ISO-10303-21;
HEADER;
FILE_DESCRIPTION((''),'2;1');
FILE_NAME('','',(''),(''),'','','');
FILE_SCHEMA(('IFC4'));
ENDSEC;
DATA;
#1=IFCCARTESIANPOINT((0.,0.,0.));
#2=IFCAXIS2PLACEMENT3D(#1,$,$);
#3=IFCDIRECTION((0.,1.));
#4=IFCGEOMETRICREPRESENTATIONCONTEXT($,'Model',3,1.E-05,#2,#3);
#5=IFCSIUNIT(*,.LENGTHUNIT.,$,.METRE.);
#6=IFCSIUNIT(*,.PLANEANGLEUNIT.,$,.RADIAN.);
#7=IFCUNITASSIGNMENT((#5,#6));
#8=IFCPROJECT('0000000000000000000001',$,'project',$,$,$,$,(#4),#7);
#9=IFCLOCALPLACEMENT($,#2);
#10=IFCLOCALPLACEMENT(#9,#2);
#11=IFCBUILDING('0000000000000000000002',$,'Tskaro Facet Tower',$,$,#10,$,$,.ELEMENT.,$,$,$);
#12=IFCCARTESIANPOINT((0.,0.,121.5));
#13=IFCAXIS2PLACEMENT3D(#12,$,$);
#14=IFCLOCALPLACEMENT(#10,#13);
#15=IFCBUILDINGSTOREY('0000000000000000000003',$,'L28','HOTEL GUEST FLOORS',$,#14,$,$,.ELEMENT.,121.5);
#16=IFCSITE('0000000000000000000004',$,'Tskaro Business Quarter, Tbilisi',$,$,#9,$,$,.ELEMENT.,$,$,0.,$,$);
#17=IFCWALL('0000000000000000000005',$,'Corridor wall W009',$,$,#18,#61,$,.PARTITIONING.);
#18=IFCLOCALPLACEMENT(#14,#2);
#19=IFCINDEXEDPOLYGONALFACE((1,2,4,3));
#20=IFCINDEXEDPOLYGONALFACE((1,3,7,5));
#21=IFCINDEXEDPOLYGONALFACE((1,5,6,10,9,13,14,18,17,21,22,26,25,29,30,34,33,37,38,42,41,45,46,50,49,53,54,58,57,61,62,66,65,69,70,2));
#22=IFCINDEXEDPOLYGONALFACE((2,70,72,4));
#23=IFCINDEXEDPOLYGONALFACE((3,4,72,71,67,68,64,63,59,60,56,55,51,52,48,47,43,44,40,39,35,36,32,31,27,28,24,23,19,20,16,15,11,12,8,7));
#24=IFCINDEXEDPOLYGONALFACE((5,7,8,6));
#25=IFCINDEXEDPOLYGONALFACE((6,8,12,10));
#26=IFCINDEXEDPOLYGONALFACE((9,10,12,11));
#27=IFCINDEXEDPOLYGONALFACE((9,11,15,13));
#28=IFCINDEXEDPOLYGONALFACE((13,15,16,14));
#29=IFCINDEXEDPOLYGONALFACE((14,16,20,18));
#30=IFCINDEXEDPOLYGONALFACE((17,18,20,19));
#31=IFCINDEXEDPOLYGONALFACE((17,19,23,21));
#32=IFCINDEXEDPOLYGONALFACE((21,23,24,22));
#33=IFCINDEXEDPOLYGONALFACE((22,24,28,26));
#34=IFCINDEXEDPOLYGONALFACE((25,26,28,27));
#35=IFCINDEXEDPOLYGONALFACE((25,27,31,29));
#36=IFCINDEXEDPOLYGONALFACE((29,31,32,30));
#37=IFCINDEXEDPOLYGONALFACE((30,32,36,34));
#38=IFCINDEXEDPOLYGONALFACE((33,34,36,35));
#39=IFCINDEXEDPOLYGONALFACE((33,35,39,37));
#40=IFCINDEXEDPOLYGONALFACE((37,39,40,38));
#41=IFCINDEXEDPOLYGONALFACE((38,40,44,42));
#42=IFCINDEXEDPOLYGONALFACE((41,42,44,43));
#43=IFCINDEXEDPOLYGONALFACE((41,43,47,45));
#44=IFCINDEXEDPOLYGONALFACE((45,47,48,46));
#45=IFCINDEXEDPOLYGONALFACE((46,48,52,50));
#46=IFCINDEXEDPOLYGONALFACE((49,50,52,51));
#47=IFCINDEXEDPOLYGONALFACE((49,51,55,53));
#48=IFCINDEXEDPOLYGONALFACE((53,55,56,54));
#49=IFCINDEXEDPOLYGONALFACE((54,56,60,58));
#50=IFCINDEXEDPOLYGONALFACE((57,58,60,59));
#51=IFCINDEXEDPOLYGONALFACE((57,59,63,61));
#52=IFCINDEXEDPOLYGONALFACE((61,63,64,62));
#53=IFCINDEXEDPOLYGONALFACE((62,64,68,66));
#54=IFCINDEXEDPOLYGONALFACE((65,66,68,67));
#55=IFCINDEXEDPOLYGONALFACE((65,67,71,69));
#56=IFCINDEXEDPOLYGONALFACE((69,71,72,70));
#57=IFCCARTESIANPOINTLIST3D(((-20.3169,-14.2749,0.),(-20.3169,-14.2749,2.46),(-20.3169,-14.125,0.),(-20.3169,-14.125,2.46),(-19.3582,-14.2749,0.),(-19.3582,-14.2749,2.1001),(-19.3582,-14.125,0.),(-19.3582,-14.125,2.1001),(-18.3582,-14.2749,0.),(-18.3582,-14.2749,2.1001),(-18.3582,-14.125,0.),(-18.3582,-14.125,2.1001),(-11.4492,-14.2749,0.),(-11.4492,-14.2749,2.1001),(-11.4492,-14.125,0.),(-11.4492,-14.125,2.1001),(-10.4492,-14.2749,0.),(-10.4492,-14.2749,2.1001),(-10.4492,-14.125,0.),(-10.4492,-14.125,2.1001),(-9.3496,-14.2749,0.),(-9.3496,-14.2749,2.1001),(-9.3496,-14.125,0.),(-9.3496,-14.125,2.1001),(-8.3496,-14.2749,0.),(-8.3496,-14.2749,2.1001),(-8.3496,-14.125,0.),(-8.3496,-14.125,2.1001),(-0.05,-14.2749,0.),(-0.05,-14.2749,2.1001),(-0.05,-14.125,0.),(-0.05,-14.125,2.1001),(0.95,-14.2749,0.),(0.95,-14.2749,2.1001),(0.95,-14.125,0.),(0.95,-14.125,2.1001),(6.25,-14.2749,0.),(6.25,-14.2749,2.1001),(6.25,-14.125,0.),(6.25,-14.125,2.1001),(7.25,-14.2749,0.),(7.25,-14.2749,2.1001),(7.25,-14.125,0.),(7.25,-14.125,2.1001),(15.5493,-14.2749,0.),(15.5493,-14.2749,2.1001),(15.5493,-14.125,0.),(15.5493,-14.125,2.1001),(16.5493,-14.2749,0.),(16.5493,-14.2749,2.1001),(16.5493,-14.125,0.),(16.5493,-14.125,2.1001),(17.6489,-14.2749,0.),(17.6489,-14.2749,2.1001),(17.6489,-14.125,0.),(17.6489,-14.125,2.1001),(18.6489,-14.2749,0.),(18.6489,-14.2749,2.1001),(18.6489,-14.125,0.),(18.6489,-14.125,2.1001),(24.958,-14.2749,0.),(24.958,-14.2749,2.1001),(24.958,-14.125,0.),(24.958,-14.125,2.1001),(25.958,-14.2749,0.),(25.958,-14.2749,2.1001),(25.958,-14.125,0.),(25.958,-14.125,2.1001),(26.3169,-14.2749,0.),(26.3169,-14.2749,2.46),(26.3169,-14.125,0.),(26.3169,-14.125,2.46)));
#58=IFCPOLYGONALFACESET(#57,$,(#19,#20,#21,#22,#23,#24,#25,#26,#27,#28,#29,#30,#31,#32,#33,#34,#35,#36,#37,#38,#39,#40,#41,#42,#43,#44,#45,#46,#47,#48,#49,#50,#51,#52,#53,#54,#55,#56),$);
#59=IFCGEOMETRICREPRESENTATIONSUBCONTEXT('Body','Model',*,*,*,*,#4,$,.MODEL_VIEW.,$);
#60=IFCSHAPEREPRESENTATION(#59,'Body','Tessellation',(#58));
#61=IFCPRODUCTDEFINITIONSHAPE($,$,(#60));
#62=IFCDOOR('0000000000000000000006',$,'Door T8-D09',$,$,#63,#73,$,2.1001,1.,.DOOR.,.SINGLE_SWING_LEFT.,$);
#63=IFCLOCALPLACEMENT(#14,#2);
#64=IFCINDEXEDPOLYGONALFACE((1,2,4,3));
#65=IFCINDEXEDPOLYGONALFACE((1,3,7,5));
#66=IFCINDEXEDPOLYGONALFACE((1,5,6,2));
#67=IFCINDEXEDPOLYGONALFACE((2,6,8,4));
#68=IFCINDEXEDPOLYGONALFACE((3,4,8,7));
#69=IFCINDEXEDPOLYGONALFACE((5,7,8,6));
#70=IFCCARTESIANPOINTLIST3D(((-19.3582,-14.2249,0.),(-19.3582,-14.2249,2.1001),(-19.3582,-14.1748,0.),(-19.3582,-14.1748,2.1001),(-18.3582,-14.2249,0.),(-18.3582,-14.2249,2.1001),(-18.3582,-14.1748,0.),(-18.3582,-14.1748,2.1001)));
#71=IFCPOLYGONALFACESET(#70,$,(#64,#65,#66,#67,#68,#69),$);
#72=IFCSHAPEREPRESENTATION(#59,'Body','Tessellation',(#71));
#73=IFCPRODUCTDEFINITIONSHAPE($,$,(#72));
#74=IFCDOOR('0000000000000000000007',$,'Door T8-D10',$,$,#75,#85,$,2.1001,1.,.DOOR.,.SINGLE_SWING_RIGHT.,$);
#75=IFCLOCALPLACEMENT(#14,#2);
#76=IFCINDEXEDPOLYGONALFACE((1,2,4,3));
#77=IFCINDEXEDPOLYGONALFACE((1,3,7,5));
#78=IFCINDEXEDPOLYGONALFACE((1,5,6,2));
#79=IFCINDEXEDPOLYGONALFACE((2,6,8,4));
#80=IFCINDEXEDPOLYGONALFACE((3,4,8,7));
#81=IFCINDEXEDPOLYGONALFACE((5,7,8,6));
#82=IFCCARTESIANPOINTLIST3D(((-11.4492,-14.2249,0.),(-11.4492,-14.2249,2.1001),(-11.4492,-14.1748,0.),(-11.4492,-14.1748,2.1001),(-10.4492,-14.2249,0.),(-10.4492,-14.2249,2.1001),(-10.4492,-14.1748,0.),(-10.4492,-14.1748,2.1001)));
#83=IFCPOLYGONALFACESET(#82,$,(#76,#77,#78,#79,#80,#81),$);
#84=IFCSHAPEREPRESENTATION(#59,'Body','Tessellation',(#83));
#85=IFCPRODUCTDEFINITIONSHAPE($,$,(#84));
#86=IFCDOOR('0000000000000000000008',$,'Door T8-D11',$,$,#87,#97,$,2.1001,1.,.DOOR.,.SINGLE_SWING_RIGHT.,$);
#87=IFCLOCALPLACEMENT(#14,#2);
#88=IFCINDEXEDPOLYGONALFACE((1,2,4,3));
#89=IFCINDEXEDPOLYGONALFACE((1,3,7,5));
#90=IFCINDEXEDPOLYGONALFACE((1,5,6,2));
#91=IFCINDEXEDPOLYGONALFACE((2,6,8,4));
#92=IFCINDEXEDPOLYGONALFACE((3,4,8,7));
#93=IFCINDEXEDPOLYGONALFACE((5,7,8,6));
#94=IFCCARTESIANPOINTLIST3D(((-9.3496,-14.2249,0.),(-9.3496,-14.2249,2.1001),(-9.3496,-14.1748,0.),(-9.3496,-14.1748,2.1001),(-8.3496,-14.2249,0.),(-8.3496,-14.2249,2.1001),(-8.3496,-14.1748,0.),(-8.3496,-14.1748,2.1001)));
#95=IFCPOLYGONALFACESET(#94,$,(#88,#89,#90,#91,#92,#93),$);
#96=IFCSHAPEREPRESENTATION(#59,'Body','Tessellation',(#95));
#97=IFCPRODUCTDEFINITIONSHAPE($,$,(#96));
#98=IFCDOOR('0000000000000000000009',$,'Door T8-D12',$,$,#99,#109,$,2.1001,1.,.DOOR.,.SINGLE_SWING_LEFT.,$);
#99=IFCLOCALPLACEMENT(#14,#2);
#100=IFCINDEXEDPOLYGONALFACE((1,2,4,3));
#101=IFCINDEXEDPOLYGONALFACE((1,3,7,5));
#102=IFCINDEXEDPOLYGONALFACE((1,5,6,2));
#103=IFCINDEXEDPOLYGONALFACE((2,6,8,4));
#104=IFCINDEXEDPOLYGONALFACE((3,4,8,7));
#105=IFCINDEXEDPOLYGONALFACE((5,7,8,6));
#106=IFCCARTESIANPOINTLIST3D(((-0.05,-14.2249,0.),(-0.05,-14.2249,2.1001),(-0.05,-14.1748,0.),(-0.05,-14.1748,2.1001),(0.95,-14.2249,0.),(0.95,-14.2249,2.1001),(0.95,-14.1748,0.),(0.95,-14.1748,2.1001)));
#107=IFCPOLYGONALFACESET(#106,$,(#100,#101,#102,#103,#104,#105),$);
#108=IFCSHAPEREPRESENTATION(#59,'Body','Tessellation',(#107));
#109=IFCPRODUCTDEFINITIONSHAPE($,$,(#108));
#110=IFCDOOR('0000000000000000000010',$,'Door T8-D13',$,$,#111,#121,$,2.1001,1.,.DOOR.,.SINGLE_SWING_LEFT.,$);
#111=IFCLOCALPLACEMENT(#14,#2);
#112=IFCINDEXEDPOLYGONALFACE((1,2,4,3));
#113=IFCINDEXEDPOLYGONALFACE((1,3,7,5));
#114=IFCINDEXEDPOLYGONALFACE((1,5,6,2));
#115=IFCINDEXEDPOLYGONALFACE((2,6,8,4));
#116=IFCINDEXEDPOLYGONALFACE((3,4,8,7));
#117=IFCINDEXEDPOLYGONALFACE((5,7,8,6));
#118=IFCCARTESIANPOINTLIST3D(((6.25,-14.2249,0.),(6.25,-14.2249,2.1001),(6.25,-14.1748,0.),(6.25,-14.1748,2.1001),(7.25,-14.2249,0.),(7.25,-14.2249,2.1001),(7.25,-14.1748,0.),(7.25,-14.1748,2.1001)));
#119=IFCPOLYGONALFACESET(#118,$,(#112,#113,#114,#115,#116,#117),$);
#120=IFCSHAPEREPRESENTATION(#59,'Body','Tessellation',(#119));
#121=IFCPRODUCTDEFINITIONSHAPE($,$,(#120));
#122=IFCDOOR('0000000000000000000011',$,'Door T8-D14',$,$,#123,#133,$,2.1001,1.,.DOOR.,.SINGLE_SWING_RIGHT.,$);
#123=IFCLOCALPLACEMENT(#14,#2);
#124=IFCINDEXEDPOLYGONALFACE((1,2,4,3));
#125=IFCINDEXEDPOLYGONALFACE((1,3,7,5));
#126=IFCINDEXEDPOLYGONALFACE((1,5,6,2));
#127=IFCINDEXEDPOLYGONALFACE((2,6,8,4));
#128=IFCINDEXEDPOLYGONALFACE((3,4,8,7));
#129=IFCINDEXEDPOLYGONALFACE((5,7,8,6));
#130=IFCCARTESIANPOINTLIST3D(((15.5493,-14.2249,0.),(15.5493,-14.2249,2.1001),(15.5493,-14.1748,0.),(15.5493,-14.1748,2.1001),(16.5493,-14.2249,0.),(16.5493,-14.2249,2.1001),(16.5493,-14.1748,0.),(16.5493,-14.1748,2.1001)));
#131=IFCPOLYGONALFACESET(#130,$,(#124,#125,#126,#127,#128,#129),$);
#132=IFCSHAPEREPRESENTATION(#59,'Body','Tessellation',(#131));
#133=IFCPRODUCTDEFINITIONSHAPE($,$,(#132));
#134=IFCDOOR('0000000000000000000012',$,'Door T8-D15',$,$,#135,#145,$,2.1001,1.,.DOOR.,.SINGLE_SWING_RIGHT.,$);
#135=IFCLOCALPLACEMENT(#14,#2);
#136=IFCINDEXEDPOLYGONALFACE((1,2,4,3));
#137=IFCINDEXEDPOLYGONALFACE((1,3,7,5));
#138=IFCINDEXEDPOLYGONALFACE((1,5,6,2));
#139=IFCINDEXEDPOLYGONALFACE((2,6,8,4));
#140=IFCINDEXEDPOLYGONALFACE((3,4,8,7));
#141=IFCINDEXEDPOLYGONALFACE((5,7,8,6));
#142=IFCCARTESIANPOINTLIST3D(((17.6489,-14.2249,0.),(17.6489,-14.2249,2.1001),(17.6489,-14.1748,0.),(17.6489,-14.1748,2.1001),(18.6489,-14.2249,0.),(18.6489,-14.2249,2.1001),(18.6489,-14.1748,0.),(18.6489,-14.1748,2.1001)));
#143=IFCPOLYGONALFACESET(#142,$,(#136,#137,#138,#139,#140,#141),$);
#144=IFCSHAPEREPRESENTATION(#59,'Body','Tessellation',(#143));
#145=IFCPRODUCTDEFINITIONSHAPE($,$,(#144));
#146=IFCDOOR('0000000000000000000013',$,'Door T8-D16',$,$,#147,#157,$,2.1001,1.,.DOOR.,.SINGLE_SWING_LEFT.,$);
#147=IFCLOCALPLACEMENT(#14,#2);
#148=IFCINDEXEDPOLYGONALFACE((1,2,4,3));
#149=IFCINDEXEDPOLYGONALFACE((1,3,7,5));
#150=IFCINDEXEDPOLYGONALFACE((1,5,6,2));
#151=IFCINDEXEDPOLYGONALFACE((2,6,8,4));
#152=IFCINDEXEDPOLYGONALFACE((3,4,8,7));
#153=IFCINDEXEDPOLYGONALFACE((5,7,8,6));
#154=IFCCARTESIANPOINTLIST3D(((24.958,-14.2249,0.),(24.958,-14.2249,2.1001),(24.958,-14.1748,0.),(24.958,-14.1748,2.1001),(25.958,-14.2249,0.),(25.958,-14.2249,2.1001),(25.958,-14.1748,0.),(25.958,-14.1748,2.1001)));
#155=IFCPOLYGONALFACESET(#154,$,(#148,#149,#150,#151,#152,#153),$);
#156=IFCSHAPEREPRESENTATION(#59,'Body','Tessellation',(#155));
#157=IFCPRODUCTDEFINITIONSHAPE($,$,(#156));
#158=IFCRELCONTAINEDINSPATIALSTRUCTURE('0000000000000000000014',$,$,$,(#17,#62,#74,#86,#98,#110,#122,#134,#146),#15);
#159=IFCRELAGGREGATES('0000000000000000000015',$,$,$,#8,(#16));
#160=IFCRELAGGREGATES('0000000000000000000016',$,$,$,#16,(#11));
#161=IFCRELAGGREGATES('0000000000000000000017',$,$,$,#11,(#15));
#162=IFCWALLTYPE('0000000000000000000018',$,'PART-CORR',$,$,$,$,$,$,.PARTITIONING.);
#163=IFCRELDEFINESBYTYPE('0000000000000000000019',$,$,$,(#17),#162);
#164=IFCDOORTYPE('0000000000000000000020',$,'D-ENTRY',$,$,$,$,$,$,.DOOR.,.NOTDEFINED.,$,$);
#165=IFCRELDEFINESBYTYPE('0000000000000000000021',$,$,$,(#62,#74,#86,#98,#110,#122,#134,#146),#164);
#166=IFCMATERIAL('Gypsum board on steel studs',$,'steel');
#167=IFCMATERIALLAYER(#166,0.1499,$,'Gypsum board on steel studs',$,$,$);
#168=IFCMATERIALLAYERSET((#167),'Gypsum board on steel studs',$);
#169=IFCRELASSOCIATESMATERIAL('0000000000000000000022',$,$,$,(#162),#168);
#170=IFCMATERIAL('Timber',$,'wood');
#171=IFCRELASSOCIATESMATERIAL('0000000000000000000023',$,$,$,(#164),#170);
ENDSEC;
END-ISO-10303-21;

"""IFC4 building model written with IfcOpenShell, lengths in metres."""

from ifc_helpers import new_model, si_unit, direction, frame, frame_2d, origin, place, context, subcontext, project, spatial, rectangle, extrude, material, layer, layer_set, type_object, element, fill, save


model = new_model("IFC4")

# Units and contexts
model_context = context("Model", 3, precision=1e-05, world=origin(), true_north=direction((0.0, 1.0)))
body_context = subcontext(model_context, "Body", "Model", "MODEL_VIEW")
ifc_project = project(units=[si_unit("LENGTHUNIT", "METRE"), si_unit("PLANEANGLEUNIT", "RADIAN")], contexts=[model_context])

# Site, building, storey
site_placement = place(None, origin())
site = spatial("IfcSite", under=ifc_project, at=site_placement, Name="Tskaro Business Quarter, Tbilisi", CompositionType="ELEMENT", RefElevation=0.0)
building_placement = place(site_placement, origin())
building = spatial("IfcBuilding", under=site, at=building_placement, Name="Tskaro Facet Tower", CompositionType="ELEMENT")
storey_placement = place(building_placement, frame((0.0, 0.0, 121.5)))
storey = spatial("IfcBuildingStorey", under=building, at=storey_placement, Name="L28", Description="HOTEL GUEST FLOORS", CompositionType="ELEMENT", Elevation=121.5)

# Wall, openings, doors
ifc_material_1 = material(Name="Gypsum board on steel studs", Category="steel")
ifc_layer_1 = layer(ifc_material_1, 0.1499, Name="Gypsum board on steel studs")
ifc_layer_set_1 = layer_set([ifc_layer_1], Name="Gypsum board on steel studs")
wall_type = type_object("IfcWallType", Name="PART-CORR", PredefinedType="PARTITIONING", material=ifc_layer_set_1)
wall_1_placement = place(storey_placement, frame((26.3169, -14.2, 0.0), z_axis=(0.0, 0.0, 1.0), x_axis=(-1.0, 0.0, 0.0)))
wall_1 = element("IfcWall", 1, at=wall_1_placement, inside=storey, type_object=wall_type, Name="Corridor wall W009", PredefinedType="PARTITIONING", context=body_context, shape_type="SweptSolid", body=[
    extrude(rectangle(XDim=46.6338, YDim=0.1499, at=frame_2d((23.3169, 0.0))), origin(), (0.0, 0.0, 1.0), 2.46),
])
opening_1_placement = place(wall_1_placement, frame((44.675, 0.0, 0.0)))
opening_1 = element("IfcOpeningElement", 2, at=opening_1_placement, cuts=wall_1, PredefinedType="OPENING", context=body_context, shape_type="SweptSolid", body=[
    extrude(rectangle(XDim=1.0, YDim=2.1001, at=frame_2d((0.5, 1.05))), frame((0.0, 0.085, 0.0), z_axis=(0.0, -1.0, 0.0), x_axis=(1.0, 0.0, 0.0)), (0.0, 0.0, 1.0), 0.1699),
])
opening_2_placement = place(wall_1_placement, frame((36.7661, 0.0, 0.0)))
opening_2 = element("IfcOpeningElement", 3, at=opening_2_placement, cuts=wall_1, PredefinedType="OPENING", context=body_context, shape_type="SweptSolid", body=[
    extrude(rectangle(XDim=1.0, YDim=2.1001, at=frame_2d((0.5, 1.05))), frame((0.0, 0.085, 0.0), z_axis=(0.0, -1.0, 0.0), x_axis=(1.0, 0.0, 0.0)), (0.0, 0.0, 1.0), 0.1699),
])
opening_3_placement = place(wall_1_placement, frame((34.6665, 0.0, 0.0)))
opening_3 = element("IfcOpeningElement", 4, at=opening_3_placement, cuts=wall_1, PredefinedType="OPENING", context=body_context, shape_type="SweptSolid", body=[
    extrude(rectangle(XDim=1.0, YDim=2.1001, at=frame_2d((0.5, 1.05))), frame((0.0, 0.085, 0.0), z_axis=(0.0, -1.0, 0.0), x_axis=(1.0, 0.0, 0.0)), (0.0, 0.0, 1.0), 0.1699),
])
opening_4_placement = place(wall_1_placement, frame((25.3669, 0.0, 0.0)))
opening_4 = element("IfcOpeningElement", 5, at=opening_4_placement, cuts=wall_1, PredefinedType="OPENING", context=body_context, shape_type="SweptSolid", body=[
    extrude(rectangle(XDim=1.0, YDim=2.1001, at=frame_2d((0.5, 1.05))), frame((0.0, 0.085, 0.0), z_axis=(0.0, -1.0, 0.0), x_axis=(1.0, 0.0, 0.0)), (0.0, 0.0, 1.0), 0.1699),
])
opening_5_placement = place(wall_1_placement, frame((19.0669, 0.0, 0.0)))
opening_5 = element("IfcOpeningElement", 6, at=opening_5_placement, cuts=wall_1, PredefinedType="OPENING", context=body_context, shape_type="SweptSolid", body=[
    extrude(rectangle(XDim=1.0, YDim=2.1001, at=frame_2d((0.5, 1.05))), frame((0.0, 0.085, 0.0), z_axis=(0.0, -1.0, 0.0), x_axis=(1.0, 0.0, 0.0)), (0.0, 0.0, 1.0), 0.1699),
])
opening_6_placement = place(wall_1_placement, frame((9.7676, 0.0, 0.0)))
opening_6 = element("IfcOpeningElement", 7, at=opening_6_placement, cuts=wall_1, PredefinedType="OPENING", context=body_context, shape_type="SweptSolid", body=[
    extrude(rectangle(XDim=1.0, YDim=2.1001, at=frame_2d((0.5, 1.05))), frame((0.0, 0.085, 0.0), z_axis=(0.0, -1.0, 0.0), x_axis=(1.0, 0.0, 0.0)), (0.0, 0.0, 1.0), 0.1699),
])
opening_7_placement = place(wall_1_placement, frame((7.668, 0.0, 0.0)))
opening_7 = element("IfcOpeningElement", 8, at=opening_7_placement, cuts=wall_1, PredefinedType="OPENING", context=body_context, shape_type="SweptSolid", body=[
    extrude(rectangle(XDim=1.0, YDim=2.1001, at=frame_2d((0.5, 1.05))), frame((0.0, 0.085, 0.0), z_axis=(0.0, -1.0, 0.0), x_axis=(1.0, 0.0, 0.0)), (0.0, 0.0, 1.0), 0.1699),
])
opening_8_placement = place(wall_1_placement, frame((0.3589, 0.0, 0.0)))
opening_8 = element("IfcOpeningElement", 9, at=opening_8_placement, cuts=wall_1, PredefinedType="OPENING", context=body_context, shape_type="SweptSolid", body=[
    extrude(rectangle(XDim=1.0, YDim=2.1001, at=frame_2d((0.5, 1.05))), frame((0.0, 0.085, 0.0), z_axis=(0.0, -1.0, 0.0), x_axis=(1.0, 0.0, 0.0)), (0.0, 0.0, 1.0), 0.1699),
])
ifc_material_2 = material(Name="Timber", Category="wood")
door_type_1 = type_object("IfcDoorType", Name="D-ENTRY", OperationType="NOTDEFINED", PredefinedType="DOOR", material=ifc_material_2)
door_1_placement = place(opening_1_placement, origin())
door_1 = element("IfcDoor", 10, at=door_1_placement, inside=storey, type_object=door_type_1, Name="Door T8-D09", OperationType="SINGLE_SWING_LEFT", OverallHeight=2.1001, OverallWidth=1.0, PredefinedType="DOOR", context=body_context, shape_type="SweptSolid", body=[
    extrude(rectangle(XDim=1.0, YDim=2.1001, at=frame_2d((0.5, 1.05))), frame((0.0, 0.0249, 0.0), z_axis=(0.0, -1.0, 0.0), x_axis=(1.0, 0.0, 0.0)), (0.0, 0.0, 1.0), 0.05),
])
fill(opening_1, door_1)
door_2_placement = place(opening_2_placement, origin())
door_2 = element("IfcDoor", 11, at=door_2_placement, inside=storey, type_object=door_type_1, Name="Door T8-D10", OperationType="SINGLE_SWING_RIGHT", OverallHeight=2.1001, OverallWidth=1.0, PredefinedType="DOOR", context=body_context, shape_type="SweptSolid", body=[
    extrude(rectangle(XDim=1.0, YDim=2.1001, at=frame_2d((0.5, 1.05))), frame((0.0, 0.0249, 0.0), z_axis=(0.0, -1.0, 0.0), x_axis=(1.0, 0.0, 0.0)), (0.0, 0.0, 1.0), 0.05),
])
fill(opening_2, door_2)
door_3_placement = place(opening_3_placement, origin())
door_3 = element("IfcDoor", 12, at=door_3_placement, inside=storey, type_object=door_type_1, Name="Door T8-D11", OperationType="SINGLE_SWING_RIGHT", OverallHeight=2.1001, OverallWidth=1.0, PredefinedType="DOOR", context=body_context, shape_type="SweptSolid", body=[
    extrude(rectangle(XDim=1.0, YDim=2.1001, at=frame_2d((0.5, 1.05))), frame((0.0, 0.0249, 0.0), z_axis=(0.0, -1.0, 0.0), x_axis=(1.0, 0.0, 0.0)), (0.0, 0.0, 1.0), 0.05),
])
fill(opening_3, door_3)
door_4_placement = place(opening_4_placement, origin())
door_4 = element("IfcDoor", 13, at=door_4_placement, inside=storey, type_object=door_type_1, Name="Door T8-D12", OperationType="SINGLE_SWING_LEFT", OverallHeight=2.1001, OverallWidth=1.0, PredefinedType="DOOR", context=body_context, shape_type="SweptSolid", body=[
    extrude(rectangle(XDim=1.0, YDim=2.1001, at=frame_2d((0.5, 1.05))), frame((0.0, 0.0249, 0.0), z_axis=(0.0, -1.0, 0.0), x_axis=(1.0, 0.0, 0.0)), (0.0, 0.0, 1.0), 0.05),
])
fill(opening_4, door_4)
door_5_placement = place(opening_5_placement, origin())
door_5 = element("IfcDoor", 14, at=door_5_placement, inside=storey, type_object=door_type_1, Name="Door T8-D13", OperationType="SINGLE_SWING_LEFT", OverallHeight=2.1001, OverallWidth=1.0, PredefinedType="DOOR", context=body_context, shape_type="SweptSolid", body=[
    extrude(rectangle(XDim=1.0, YDim=2.1001, at=frame_2d((0.5, 1.05))), frame((0.0, 0.0249, 0.0), z_axis=(0.0, -1.0, 0.0), x_axis=(1.0, 0.0, 0.0)), (0.0, 0.0, 1.0), 0.05),
])
fill(opening_5, door_5)
door_6_placement = place(opening_6_placement, origin())
door_6 = element("IfcDoor", 15, at=door_6_placement, inside=storey, type_object=door_type_1, Name="Door T8-D14", OperationType="SINGLE_SWING_RIGHT", OverallHeight=2.1001, OverallWidth=1.0, PredefinedType="DOOR", context=body_context, shape_type="SweptSolid", body=[
    extrude(rectangle(XDim=1.0, YDim=2.1001, at=frame_2d((0.5, 1.05))), frame((0.0, 0.0249, 0.0), z_axis=(0.0, -1.0, 0.0), x_axis=(1.0, 0.0, 0.0)), (0.0, 0.0, 1.0), 0.05),
])
fill(opening_6, door_6)
door_7_placement = place(opening_7_placement, origin())
door_7 = element("IfcDoor", 16, at=door_7_placement, inside=storey, type_object=door_type_1, Name="Door T8-D15", OperationType="SINGLE_SWING_RIGHT", OverallHeight=2.1001, OverallWidth=1.0, PredefinedType="DOOR", context=body_context, shape_type="SweptSolid", body=[
    extrude(rectangle(XDim=1.0, YDim=2.1001, at=frame_2d((0.5, 1.05))), frame((0.0, 0.0249, 0.0), z_axis=(0.0, -1.0, 0.0), x_axis=(1.0, 0.0, 0.0)), (0.0, 0.0, 1.0), 0.05),
])
fill(opening_7, door_7)
door_8_placement = place(opening_8_placement, origin())
door_8 = element("IfcDoor", 17, at=door_8_placement, inside=storey, type_object=door_type_1, Name="Door T8-D16", OperationType="SINGLE_SWING_LEFT", OverallHeight=2.1001, OverallWidth=1.0, PredefinedType="DOOR", context=body_context, shape_type="SweptSolid", body=[
    extrude(rectangle(XDim=1.0, YDim=2.1001, at=frame_2d((0.5, 1.05))), frame((0.0, 0.0249, 0.0), z_axis=(0.0, -1.0, 0.0), x_axis=(1.0, 0.0, 0.0)), (0.0, 0.0, 1.0), 0.05),
])
fill(opening_8, door_8)

save(model, "model.ifc")
